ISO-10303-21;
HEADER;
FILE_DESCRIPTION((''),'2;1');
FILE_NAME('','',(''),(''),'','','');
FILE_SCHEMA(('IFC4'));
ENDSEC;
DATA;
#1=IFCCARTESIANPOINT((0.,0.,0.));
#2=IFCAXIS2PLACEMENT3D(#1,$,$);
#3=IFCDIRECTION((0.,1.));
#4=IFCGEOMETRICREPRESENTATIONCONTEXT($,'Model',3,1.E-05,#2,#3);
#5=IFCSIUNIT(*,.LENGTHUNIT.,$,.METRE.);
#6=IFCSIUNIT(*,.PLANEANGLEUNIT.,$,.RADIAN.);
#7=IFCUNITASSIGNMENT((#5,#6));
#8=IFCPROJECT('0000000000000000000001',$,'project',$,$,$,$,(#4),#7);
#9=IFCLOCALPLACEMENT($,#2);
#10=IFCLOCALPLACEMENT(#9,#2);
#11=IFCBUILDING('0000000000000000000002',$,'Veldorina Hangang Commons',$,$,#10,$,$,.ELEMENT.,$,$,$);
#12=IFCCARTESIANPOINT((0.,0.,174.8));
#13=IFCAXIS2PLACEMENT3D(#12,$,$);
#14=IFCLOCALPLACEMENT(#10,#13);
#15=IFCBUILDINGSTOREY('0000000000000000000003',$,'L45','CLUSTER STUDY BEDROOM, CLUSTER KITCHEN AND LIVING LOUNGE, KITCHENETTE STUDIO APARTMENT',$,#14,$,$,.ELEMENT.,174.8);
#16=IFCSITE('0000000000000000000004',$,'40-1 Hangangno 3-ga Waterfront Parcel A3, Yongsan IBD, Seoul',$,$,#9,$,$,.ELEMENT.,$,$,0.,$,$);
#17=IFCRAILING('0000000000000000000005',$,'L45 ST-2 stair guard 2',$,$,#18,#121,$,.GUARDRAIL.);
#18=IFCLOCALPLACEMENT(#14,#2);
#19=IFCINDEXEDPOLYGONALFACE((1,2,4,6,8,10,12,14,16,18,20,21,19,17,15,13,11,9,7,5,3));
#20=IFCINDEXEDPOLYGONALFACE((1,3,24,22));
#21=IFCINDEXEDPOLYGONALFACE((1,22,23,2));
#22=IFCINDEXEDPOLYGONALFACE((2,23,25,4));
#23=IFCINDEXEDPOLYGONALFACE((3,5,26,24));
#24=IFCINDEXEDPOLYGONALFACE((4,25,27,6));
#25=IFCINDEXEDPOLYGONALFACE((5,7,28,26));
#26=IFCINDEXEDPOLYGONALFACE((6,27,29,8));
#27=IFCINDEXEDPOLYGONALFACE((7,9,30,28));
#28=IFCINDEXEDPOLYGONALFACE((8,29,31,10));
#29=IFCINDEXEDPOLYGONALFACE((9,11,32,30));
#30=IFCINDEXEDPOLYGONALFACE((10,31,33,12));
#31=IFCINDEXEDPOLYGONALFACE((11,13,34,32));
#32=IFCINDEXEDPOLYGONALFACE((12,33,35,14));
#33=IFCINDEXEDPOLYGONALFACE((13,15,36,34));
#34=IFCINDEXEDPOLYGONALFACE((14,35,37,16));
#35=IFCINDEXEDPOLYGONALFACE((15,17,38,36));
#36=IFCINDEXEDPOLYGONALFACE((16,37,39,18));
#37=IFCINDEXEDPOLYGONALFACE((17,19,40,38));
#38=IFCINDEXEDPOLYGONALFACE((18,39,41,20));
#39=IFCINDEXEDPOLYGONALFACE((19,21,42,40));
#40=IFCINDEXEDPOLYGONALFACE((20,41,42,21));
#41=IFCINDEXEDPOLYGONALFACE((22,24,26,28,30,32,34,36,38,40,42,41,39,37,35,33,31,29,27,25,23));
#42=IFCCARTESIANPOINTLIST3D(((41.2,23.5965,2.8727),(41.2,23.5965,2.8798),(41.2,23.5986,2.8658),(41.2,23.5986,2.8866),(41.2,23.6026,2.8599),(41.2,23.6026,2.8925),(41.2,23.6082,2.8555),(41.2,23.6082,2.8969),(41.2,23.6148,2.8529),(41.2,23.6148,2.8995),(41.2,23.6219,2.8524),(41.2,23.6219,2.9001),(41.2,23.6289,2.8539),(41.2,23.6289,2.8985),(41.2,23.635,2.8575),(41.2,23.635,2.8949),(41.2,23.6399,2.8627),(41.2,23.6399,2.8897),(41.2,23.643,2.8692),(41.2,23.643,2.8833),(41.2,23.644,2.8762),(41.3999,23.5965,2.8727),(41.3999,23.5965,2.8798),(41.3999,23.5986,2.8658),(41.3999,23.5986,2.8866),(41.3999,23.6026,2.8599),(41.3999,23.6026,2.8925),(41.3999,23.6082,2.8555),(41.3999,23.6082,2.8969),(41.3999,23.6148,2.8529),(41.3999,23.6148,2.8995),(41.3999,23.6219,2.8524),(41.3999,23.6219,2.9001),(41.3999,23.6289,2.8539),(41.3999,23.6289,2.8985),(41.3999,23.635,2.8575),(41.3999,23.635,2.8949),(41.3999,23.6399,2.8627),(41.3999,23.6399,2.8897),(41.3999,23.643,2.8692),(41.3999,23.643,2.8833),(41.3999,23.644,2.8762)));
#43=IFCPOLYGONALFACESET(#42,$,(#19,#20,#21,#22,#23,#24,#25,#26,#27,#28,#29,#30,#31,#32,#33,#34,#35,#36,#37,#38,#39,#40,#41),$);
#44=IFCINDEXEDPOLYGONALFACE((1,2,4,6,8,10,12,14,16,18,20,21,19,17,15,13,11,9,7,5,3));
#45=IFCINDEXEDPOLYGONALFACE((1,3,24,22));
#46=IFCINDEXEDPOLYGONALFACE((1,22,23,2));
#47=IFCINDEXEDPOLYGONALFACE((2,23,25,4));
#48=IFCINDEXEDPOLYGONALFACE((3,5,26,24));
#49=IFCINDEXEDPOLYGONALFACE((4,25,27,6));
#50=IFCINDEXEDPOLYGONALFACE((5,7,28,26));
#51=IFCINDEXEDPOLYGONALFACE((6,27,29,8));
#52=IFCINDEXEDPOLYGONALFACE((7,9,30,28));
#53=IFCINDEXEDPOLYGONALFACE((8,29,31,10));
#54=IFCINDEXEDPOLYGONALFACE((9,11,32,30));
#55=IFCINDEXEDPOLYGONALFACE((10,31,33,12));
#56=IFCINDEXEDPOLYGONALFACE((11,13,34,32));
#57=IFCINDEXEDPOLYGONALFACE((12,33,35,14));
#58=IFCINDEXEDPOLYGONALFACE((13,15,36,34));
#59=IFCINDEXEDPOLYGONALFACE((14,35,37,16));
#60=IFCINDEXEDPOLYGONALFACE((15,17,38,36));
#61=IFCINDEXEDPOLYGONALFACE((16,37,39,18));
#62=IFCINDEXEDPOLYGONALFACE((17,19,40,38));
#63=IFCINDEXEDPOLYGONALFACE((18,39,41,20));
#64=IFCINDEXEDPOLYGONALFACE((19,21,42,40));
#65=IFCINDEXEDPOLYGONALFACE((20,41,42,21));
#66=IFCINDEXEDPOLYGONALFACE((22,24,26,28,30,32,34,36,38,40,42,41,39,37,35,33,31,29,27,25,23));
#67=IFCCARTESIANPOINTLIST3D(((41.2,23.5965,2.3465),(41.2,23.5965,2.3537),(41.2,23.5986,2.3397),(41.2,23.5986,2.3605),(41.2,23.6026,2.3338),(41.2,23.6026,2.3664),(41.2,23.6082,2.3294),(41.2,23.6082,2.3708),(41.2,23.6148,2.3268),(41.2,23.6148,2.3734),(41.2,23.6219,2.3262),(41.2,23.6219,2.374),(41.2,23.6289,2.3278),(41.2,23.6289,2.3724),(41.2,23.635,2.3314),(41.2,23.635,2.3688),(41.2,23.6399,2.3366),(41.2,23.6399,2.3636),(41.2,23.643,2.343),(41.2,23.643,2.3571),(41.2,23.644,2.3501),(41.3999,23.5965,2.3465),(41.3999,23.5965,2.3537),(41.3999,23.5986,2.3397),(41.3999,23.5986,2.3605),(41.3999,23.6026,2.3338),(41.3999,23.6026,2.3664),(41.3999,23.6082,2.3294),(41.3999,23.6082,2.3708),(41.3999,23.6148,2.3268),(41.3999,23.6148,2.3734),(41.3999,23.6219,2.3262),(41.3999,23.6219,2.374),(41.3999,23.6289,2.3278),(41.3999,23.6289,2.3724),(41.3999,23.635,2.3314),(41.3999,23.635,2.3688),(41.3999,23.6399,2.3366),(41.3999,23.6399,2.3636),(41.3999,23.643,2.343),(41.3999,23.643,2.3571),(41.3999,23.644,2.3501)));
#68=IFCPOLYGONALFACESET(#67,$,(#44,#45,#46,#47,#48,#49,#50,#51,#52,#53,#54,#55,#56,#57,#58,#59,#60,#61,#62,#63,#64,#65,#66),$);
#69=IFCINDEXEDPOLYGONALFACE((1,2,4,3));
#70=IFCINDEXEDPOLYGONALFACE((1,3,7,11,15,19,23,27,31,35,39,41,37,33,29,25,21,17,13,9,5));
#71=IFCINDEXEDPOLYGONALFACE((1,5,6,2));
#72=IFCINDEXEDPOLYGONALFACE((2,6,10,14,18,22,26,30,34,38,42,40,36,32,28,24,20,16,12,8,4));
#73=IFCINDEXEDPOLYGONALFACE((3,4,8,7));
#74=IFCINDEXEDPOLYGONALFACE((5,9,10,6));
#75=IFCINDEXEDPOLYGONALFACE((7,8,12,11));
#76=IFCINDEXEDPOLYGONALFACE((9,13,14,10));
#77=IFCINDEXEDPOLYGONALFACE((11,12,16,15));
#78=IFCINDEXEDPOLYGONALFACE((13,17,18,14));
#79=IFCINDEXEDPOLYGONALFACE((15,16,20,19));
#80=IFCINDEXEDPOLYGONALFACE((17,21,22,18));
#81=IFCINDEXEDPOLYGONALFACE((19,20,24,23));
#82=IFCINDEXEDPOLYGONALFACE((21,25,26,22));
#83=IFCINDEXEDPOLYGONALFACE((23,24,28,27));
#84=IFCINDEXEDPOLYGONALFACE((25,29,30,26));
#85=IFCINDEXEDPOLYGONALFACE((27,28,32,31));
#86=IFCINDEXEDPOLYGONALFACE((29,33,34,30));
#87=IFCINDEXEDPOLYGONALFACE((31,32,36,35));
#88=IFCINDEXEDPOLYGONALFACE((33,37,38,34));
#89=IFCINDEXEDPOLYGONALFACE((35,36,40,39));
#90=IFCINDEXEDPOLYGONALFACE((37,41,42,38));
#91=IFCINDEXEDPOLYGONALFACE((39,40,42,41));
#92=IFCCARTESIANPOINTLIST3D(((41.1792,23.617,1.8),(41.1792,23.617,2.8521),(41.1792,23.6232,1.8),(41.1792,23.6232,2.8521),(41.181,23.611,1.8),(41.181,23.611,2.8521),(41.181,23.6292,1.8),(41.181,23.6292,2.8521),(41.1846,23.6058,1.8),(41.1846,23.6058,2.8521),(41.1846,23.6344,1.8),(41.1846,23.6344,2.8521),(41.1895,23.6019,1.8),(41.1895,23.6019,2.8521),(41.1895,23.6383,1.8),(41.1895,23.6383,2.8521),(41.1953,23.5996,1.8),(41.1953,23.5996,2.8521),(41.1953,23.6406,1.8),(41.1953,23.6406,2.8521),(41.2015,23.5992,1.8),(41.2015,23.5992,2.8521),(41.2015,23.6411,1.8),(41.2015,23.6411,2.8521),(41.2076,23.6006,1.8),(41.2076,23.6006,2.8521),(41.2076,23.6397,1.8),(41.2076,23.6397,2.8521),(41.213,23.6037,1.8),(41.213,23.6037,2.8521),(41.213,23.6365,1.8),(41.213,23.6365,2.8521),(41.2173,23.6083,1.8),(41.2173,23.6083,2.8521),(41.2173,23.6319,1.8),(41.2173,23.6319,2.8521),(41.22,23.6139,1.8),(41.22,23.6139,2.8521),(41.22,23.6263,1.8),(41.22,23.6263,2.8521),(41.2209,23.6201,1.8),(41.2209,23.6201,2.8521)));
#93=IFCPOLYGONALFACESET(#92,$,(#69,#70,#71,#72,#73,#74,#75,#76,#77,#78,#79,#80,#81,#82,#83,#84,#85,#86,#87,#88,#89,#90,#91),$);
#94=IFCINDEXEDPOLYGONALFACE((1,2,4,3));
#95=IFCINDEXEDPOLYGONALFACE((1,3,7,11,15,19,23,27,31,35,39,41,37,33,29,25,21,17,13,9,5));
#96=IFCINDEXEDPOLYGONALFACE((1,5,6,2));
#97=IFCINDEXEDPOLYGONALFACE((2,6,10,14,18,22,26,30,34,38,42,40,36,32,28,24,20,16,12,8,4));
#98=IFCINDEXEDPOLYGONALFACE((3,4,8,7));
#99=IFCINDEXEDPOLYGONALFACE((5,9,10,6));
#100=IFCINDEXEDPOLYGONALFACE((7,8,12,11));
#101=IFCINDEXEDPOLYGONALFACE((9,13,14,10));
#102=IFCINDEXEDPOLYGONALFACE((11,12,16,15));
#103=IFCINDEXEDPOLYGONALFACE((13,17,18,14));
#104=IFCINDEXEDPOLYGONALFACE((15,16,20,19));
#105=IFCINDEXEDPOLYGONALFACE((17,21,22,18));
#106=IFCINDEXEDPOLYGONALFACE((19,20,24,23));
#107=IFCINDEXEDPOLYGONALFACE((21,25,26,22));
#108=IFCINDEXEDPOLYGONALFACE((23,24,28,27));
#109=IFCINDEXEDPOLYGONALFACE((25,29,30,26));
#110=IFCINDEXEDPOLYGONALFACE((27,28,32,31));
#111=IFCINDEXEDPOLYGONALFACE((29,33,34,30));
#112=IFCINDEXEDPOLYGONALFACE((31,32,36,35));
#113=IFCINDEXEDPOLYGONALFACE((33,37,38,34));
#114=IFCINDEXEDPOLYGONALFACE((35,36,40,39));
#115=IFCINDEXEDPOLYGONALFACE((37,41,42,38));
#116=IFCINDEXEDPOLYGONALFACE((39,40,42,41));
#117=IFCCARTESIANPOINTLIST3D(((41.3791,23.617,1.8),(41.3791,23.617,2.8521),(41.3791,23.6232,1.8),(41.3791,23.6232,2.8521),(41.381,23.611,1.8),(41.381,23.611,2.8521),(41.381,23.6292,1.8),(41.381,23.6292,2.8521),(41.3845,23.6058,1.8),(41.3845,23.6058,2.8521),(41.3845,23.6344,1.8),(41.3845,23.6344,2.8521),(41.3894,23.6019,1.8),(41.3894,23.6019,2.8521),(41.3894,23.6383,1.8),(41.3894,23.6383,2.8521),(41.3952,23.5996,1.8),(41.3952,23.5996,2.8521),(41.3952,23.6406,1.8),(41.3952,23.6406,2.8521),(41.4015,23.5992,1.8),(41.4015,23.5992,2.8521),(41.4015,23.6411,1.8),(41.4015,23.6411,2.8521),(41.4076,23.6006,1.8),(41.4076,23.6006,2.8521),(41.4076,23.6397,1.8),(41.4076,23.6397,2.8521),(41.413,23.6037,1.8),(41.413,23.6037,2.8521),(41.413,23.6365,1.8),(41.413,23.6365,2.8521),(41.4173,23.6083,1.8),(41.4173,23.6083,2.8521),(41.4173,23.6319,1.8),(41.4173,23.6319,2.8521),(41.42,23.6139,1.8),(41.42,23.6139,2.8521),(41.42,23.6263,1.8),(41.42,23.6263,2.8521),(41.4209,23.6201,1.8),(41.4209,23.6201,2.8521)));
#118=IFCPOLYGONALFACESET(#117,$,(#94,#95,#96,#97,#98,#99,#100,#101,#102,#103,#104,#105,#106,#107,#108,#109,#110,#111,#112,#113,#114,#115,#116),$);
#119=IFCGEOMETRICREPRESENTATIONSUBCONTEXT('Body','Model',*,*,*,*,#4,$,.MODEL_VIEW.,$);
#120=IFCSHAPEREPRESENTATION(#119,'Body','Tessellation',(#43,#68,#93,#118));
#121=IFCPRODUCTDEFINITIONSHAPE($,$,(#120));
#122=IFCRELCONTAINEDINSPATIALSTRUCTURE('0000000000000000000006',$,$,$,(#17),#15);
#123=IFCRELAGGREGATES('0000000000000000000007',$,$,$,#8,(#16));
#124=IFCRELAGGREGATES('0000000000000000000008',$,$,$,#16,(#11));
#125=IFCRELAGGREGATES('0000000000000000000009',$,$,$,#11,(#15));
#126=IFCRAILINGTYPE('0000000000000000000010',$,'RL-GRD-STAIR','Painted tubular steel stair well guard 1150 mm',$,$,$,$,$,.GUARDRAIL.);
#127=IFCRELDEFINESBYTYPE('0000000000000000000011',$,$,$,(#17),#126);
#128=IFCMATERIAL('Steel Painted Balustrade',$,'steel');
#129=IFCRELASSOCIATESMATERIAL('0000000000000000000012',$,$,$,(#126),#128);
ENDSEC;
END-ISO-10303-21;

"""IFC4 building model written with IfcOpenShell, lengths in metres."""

from ifc_helpers import new_model, si_unit, direction, frame, origin, origin_2d, place, context, subcontext, project, spatial, circle, extrude, material, type_object, element, save


model = new_model("IFC4")

# Units and contexts
model_context = context("Model", 3, precision=1e-05, world=origin(), true_north=direction((0.0, 1.0)))
body_context = subcontext(model_context, "Body", "Model", "MODEL_VIEW")
ifc_project = project(units=[si_unit("LENGTHUNIT", "METRE"), si_unit("PLANEANGLEUNIT", "RADIAN")], contexts=[model_context])

# Site, building, storey
site_placement = place(None, origin())
site = spatial("IfcSite", under=ifc_project, at=site_placement, Name="40-1 Hangangno 3-ga Waterfront Parcel A3, Yongsan IBD, Seoul", CompositionType="ELEMENT", RefElevation=0.0)
building_placement = place(site_placement, origin())
building = spatial("IfcBuilding", under=site, at=building_placement, Name="Veldorina Hangang Commons", CompositionType="ELEMENT")
storey_placement = place(building_placement, frame((0.0, 0.0, 174.8)))
storey = spatial("IfcBuildingStorey", under=building, at=storey_placement, Name="L45", Description="CLUSTER STUDY BEDROOM, CLUSTER KITCHEN AND LIVING LOUNGE, KITCHENETTE STUDIO APARTMENT", CompositionType="ELEMENT", Elevation=174.8)

# Railing
ifc_material_1 = material(Name="Steel Painted Balustrade", Category="steel")
railing_type_1 = type_object("IfcRailingType", Name="RL-GRD-STAIR", Description="Painted tubular steel stair well guard 1150 mm", PredefinedType="GUARDRAIL", material=ifc_material_1)
railing_1_placement = place(storey_placement, frame((41.2, 23.6201, 1.8)))
element("IfcRailing", 1, at=railing_1_placement, inside=storey, type_object=railing_type_1, Name="L45 ST-2 stair guard 2", PredefinedType="GUARDRAIL", context=body_context, shape_type="SweptSolid", body=[
    extrude(circle(Radius=0.0239, at=origin_2d()), frame((0.0, 0.0, 1.0762), z_axis=(1.0, 0.0, 0.0), x_axis=(0.0, 1.0, 0.0)), (0.0, 0.0, 1.0), 0.2),
    extrude(circle(Radius=0.0239, at=origin_2d()), frame((0.0, 0.0, 0.55), z_axis=(1.0, 0.0, 0.0), x_axis=(0.0, 1.0, 0.0)), (0.0, 0.0, 1.0), 0.2),
    extrude(circle(Radius=0.021, at=origin_2d()), origin(), (0.0, 0.0, 1.0), 1.052),
    extrude(circle(Radius=0.021, at=origin_2d()), frame((0.2, 0.0, 0.0)), (0.0, 0.0, 1.0), 1.052),
])

save(model, "model.ifc")
